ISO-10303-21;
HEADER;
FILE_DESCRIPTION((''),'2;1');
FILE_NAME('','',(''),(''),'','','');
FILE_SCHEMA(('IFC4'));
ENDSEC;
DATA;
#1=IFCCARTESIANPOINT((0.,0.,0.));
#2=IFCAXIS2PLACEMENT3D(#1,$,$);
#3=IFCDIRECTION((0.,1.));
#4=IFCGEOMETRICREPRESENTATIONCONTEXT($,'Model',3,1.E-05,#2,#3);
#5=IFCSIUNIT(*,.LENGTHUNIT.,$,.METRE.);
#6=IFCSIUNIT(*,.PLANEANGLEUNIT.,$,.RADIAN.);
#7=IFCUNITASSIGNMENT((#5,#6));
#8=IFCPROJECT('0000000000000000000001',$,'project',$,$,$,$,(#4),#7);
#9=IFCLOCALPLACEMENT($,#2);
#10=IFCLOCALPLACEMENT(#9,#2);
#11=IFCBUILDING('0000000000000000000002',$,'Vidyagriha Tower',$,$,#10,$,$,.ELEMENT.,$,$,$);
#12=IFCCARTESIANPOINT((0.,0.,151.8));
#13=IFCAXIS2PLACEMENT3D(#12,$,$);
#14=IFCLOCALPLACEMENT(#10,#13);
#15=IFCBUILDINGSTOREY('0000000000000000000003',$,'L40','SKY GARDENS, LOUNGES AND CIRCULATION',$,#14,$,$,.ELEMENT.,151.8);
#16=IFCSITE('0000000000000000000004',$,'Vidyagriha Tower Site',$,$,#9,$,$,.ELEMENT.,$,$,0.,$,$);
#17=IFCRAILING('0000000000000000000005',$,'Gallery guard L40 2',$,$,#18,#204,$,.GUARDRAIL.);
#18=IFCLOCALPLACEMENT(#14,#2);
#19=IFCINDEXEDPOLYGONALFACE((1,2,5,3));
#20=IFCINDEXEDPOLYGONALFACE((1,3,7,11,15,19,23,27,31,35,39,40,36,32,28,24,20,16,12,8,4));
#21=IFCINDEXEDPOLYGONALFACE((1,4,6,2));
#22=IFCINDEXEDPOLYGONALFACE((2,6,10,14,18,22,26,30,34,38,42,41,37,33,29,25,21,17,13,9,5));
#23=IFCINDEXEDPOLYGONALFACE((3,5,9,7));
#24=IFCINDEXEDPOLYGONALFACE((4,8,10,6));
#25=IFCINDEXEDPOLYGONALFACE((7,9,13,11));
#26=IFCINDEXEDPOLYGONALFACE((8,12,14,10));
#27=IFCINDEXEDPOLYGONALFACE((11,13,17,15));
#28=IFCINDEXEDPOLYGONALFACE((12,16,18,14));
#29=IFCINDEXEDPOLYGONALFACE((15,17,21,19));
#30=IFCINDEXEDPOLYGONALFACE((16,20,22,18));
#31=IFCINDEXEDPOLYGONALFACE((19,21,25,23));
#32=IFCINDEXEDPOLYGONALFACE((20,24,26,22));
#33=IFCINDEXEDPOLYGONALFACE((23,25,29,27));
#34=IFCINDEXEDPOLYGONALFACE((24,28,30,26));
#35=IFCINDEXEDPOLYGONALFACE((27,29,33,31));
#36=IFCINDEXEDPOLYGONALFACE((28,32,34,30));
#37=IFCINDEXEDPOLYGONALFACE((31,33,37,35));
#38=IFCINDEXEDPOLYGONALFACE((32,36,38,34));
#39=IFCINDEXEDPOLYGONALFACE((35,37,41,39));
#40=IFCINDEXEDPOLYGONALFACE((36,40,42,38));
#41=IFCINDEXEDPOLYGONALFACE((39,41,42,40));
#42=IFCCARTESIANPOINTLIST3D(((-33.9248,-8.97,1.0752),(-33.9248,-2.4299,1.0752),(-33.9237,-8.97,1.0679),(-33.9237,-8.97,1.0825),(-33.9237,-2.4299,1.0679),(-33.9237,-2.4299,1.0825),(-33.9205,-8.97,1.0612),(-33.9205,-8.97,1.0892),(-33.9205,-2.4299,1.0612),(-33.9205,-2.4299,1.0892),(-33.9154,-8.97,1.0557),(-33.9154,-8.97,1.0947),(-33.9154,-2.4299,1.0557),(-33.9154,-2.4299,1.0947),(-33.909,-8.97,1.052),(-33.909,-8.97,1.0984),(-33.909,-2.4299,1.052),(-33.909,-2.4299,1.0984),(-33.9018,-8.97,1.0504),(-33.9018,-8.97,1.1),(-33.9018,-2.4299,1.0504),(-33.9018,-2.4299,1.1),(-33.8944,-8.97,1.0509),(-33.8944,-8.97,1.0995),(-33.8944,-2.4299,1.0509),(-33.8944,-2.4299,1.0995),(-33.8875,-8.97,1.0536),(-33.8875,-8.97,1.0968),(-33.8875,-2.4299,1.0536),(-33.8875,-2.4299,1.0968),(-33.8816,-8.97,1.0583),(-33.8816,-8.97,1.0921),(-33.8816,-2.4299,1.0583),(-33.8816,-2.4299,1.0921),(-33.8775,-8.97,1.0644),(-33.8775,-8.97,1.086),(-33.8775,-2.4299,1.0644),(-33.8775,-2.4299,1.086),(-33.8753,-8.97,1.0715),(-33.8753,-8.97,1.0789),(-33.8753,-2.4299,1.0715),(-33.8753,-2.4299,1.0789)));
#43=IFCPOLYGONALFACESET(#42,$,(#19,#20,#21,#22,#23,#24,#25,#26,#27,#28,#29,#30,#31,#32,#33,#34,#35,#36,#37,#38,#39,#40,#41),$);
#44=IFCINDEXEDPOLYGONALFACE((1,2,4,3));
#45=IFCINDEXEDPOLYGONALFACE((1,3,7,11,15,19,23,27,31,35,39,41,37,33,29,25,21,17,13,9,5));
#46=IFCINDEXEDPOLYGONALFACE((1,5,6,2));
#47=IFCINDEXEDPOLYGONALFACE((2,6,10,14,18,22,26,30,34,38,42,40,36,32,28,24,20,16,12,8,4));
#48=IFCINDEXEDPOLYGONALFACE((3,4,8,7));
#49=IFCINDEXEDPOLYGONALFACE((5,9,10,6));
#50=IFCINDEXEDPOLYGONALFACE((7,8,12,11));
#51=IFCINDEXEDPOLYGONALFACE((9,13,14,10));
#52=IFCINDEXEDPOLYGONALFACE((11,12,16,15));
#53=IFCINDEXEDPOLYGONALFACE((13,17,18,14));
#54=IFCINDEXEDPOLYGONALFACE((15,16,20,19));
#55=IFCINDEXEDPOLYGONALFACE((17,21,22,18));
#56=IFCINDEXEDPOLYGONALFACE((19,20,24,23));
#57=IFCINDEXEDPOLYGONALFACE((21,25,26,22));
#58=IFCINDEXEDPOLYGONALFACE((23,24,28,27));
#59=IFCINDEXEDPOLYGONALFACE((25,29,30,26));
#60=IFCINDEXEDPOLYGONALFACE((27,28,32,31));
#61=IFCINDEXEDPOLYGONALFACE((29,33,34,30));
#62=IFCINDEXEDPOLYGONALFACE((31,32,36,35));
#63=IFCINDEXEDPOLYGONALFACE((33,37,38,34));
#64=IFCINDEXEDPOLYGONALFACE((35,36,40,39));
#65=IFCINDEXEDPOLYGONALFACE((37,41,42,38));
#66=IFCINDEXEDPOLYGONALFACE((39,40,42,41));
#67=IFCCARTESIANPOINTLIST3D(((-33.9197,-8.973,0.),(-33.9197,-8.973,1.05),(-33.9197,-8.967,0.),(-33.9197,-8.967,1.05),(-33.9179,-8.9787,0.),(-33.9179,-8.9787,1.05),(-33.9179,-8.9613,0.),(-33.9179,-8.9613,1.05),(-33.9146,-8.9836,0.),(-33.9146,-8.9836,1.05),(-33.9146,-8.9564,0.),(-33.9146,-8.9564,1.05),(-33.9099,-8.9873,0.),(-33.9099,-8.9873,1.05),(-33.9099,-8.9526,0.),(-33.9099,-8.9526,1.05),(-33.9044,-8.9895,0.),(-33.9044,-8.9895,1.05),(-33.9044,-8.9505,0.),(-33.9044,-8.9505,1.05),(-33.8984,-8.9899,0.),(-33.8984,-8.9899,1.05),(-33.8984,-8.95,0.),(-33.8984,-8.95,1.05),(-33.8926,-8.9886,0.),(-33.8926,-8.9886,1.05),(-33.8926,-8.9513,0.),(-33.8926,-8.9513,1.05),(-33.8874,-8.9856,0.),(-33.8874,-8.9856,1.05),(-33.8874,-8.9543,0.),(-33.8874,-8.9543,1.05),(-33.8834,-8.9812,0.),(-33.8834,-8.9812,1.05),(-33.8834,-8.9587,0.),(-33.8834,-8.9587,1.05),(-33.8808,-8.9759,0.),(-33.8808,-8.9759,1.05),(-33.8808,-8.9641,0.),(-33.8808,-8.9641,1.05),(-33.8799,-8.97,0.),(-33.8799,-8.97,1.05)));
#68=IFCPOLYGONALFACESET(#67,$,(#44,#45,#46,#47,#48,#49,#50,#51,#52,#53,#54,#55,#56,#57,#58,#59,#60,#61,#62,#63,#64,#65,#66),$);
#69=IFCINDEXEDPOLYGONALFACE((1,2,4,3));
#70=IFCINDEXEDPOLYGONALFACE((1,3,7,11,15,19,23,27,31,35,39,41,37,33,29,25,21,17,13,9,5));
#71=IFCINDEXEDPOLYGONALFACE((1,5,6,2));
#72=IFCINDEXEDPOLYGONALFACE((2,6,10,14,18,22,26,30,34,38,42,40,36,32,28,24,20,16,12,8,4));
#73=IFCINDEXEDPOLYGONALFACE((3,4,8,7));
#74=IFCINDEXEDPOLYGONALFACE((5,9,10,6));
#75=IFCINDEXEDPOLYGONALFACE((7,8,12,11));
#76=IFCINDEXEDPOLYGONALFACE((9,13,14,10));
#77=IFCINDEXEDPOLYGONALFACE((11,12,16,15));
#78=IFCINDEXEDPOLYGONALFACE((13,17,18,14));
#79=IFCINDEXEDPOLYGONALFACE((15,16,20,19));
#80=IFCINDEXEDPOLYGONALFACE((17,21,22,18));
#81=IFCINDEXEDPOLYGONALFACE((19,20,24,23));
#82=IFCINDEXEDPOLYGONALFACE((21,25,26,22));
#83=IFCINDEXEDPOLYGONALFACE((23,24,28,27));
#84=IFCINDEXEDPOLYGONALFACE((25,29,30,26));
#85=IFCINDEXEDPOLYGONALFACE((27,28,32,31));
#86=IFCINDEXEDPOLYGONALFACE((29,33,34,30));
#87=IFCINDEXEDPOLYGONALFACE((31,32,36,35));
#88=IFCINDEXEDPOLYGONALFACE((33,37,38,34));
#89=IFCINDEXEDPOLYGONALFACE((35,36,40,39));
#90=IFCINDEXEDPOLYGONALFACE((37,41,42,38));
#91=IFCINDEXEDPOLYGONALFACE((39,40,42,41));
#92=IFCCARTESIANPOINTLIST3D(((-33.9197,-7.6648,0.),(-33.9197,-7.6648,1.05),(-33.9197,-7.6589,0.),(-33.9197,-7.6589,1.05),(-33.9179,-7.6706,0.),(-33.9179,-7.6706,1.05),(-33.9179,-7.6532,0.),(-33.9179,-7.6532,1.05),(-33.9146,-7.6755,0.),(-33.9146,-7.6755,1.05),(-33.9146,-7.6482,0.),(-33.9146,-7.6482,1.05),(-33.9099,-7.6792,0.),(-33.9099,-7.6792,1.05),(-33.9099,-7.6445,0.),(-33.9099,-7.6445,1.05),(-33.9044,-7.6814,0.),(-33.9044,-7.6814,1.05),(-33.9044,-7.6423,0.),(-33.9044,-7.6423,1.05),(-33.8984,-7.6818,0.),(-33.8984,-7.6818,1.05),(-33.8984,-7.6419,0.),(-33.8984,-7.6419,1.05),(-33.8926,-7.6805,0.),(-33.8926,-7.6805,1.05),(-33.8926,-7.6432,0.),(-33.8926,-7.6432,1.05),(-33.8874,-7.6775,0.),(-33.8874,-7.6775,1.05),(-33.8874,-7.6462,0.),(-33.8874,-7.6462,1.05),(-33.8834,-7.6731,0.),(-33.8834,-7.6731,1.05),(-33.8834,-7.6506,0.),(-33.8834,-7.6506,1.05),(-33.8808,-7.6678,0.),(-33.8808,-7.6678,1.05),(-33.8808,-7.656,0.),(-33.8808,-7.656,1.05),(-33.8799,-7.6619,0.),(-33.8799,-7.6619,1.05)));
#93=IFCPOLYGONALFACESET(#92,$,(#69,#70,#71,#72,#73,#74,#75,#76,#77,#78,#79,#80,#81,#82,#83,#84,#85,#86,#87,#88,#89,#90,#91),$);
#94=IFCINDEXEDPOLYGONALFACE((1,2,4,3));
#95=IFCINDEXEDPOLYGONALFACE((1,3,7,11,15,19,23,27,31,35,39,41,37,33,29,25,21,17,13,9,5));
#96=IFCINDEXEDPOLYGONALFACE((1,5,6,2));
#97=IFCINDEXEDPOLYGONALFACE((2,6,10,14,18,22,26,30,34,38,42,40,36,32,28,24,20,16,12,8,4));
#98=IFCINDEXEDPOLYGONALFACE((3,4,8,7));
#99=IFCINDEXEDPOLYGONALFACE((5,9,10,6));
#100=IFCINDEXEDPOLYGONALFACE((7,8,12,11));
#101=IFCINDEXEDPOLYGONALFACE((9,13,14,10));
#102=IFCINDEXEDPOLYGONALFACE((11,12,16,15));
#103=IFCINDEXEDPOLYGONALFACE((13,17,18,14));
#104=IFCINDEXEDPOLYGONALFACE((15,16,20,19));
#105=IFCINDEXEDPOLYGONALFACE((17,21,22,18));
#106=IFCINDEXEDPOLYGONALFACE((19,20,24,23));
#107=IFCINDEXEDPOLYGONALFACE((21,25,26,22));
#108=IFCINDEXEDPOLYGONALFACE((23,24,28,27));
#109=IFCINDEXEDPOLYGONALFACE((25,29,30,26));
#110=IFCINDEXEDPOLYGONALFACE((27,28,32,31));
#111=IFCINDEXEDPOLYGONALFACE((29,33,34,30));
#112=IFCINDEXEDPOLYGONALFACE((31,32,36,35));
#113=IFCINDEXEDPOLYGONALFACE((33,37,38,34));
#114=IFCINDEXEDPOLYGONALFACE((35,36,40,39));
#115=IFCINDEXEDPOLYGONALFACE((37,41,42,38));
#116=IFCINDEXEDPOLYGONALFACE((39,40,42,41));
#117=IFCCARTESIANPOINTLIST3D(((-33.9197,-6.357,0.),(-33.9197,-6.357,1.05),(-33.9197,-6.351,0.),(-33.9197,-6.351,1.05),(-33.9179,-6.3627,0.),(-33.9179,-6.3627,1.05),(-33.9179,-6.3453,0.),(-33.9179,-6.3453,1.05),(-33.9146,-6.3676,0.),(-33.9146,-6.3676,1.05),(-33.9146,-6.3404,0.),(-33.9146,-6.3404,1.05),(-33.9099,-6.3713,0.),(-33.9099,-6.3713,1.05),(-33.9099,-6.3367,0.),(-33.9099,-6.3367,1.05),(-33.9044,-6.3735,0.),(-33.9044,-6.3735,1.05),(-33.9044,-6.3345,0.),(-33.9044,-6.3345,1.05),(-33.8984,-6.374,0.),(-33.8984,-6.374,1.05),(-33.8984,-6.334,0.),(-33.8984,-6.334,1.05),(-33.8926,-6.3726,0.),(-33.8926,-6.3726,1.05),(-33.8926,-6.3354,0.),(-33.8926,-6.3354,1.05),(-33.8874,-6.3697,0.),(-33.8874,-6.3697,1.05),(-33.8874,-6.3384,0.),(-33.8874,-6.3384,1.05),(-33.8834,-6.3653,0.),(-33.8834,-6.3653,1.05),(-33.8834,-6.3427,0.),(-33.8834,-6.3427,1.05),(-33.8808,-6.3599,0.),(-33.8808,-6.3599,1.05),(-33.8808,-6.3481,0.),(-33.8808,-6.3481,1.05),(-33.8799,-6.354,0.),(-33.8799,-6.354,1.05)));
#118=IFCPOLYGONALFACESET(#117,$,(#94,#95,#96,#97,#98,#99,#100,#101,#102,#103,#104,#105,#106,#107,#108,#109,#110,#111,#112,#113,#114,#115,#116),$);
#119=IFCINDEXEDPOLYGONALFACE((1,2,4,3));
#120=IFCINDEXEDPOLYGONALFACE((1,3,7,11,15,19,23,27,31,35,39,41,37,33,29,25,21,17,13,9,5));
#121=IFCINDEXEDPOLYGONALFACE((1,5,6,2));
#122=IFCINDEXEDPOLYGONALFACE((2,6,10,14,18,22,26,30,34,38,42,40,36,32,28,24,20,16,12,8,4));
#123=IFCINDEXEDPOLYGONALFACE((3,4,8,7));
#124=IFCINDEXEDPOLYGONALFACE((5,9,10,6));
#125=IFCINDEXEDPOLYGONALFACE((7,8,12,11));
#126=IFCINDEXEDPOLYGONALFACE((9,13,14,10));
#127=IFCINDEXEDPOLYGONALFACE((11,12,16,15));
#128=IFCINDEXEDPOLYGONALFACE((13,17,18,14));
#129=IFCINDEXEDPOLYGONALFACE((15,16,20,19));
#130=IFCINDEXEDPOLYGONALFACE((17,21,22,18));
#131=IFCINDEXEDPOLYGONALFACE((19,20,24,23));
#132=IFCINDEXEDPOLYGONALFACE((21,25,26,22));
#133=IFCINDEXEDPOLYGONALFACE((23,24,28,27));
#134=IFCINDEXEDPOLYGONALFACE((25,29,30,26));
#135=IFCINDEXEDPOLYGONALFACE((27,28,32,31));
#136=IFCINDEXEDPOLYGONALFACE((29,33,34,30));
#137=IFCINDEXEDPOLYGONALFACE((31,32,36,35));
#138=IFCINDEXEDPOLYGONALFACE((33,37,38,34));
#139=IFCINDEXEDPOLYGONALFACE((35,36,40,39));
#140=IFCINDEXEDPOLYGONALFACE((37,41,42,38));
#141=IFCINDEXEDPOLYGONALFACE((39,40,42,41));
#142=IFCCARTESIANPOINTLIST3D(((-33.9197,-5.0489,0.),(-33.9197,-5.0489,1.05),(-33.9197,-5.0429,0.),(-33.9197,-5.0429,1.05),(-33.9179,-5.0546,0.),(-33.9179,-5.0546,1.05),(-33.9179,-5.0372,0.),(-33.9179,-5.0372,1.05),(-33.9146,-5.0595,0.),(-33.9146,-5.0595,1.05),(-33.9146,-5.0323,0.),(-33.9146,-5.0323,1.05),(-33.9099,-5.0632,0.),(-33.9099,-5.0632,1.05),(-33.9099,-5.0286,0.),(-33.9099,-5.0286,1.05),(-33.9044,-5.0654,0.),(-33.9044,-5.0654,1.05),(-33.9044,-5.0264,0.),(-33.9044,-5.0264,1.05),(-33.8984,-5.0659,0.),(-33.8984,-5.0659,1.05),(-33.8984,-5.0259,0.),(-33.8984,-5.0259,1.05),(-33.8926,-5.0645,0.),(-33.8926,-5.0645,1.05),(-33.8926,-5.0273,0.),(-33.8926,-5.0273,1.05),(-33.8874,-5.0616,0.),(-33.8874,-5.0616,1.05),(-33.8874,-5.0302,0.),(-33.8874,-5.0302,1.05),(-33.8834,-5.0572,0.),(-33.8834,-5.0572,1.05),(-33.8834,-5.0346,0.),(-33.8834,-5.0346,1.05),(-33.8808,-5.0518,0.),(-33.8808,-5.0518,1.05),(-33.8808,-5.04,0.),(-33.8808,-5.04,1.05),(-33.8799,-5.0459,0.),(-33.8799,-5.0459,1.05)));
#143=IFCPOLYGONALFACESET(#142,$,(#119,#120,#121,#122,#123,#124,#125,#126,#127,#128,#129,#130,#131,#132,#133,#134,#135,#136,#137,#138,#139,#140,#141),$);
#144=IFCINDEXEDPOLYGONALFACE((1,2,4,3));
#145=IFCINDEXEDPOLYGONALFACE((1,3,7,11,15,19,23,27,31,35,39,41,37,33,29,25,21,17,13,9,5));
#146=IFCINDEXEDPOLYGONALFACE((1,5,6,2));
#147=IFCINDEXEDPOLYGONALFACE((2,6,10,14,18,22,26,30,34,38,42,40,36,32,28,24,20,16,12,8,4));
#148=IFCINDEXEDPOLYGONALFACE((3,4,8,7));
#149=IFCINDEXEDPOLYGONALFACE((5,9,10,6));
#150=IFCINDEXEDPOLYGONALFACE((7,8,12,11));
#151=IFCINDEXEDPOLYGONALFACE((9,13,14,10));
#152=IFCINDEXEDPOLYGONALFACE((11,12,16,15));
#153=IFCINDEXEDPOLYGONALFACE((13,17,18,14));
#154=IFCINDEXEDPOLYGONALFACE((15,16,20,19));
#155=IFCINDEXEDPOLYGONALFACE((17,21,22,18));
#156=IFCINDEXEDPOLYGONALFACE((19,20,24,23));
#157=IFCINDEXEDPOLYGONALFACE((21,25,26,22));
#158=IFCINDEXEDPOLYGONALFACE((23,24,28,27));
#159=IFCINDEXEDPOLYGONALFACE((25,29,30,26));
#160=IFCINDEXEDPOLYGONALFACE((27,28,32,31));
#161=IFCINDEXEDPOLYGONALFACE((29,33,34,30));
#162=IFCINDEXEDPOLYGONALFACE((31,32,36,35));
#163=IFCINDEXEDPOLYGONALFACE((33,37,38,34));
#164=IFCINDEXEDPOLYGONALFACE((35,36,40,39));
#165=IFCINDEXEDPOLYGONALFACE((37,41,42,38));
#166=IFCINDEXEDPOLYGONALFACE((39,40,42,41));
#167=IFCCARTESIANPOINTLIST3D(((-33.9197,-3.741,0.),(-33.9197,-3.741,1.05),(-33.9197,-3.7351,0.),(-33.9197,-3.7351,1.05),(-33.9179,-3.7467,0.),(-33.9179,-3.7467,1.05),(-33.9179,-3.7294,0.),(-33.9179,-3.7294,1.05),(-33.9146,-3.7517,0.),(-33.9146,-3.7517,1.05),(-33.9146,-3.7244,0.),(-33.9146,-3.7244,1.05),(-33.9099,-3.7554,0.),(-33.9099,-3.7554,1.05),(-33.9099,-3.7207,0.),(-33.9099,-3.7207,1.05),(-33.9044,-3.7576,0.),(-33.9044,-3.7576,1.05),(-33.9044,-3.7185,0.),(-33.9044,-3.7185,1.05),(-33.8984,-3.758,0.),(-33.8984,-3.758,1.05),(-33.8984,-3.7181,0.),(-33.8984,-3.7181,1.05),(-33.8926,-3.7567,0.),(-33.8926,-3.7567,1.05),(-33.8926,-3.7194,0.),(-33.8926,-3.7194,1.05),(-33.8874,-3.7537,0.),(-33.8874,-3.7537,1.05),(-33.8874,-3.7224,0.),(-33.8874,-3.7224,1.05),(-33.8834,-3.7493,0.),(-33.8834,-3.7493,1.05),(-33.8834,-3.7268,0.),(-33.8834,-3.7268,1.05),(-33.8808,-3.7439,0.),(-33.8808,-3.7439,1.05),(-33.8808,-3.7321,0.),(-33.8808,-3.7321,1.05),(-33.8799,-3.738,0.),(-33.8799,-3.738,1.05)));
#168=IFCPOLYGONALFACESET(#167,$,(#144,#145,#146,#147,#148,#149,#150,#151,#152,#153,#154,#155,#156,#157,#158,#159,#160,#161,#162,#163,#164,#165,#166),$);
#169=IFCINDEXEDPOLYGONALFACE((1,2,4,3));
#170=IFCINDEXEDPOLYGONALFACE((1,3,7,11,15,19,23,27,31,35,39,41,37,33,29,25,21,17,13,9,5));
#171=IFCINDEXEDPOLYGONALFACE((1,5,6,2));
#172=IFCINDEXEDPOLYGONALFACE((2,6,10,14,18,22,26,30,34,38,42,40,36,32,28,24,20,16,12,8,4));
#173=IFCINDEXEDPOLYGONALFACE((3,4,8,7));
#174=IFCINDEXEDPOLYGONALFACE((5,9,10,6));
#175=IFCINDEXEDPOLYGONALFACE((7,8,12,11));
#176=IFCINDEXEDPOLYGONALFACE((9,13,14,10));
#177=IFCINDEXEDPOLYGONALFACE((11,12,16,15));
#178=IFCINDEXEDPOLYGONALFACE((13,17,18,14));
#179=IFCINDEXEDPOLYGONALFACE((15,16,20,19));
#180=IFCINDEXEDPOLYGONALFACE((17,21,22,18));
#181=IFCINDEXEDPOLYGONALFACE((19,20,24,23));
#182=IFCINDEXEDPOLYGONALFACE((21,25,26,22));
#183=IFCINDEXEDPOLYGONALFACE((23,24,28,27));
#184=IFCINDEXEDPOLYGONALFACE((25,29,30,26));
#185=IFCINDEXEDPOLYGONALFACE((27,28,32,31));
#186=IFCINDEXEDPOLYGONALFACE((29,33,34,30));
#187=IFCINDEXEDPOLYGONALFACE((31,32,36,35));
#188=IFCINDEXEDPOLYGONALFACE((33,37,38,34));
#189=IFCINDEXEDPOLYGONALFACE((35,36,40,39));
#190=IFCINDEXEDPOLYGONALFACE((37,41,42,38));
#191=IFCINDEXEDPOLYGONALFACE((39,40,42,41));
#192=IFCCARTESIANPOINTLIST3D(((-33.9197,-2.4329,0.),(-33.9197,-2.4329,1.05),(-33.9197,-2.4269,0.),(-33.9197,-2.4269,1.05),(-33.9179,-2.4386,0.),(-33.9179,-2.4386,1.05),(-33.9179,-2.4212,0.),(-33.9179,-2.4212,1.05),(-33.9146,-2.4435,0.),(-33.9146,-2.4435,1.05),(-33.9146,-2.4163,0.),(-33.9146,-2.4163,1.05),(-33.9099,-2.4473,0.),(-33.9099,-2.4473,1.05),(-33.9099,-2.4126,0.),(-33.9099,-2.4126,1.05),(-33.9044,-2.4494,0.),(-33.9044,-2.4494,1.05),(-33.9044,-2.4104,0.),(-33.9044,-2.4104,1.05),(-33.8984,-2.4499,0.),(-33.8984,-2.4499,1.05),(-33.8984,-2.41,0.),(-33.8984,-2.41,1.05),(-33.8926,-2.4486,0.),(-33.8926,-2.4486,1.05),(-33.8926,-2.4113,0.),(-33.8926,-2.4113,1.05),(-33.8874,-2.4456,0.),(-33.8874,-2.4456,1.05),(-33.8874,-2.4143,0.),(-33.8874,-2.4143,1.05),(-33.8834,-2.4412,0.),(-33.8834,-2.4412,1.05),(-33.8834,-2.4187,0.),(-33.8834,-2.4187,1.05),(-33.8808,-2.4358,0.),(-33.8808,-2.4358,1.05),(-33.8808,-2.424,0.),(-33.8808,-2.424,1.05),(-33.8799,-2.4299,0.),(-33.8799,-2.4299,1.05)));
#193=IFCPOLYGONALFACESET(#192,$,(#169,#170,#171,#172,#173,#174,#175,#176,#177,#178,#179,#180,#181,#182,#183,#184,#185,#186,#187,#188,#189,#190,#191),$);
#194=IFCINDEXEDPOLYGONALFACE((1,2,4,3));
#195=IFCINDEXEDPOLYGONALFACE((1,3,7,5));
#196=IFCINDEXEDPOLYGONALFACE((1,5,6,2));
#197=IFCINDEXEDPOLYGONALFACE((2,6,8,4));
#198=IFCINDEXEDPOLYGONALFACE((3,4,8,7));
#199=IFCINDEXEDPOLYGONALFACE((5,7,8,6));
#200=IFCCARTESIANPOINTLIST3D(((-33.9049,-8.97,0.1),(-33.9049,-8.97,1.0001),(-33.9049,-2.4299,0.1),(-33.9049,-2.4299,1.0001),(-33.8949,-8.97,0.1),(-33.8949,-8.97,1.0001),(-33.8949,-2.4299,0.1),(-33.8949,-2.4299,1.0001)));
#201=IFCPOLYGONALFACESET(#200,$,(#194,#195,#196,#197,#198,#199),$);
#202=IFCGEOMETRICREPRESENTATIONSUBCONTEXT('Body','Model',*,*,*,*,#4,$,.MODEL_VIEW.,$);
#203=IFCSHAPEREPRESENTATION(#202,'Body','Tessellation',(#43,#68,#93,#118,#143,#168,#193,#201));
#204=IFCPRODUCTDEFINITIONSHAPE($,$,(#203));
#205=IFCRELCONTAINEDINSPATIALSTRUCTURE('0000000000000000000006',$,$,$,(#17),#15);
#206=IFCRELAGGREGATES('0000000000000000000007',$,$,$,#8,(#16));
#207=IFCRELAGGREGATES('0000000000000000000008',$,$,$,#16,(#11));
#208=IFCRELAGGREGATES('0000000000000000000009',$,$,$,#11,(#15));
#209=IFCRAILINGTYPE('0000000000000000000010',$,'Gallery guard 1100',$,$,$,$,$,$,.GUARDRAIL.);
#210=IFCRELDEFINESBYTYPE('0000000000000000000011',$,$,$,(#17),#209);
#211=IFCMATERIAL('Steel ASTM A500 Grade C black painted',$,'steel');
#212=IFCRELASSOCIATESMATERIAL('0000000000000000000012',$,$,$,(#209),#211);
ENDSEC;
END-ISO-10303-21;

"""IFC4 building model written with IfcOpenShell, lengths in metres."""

from ifc_helpers import new_model, si_unit, direction, frame, origin, origin_2d, place, context, subcontext, project, spatial, rectangle, circle, extrude, material, type_object, element, save


model = new_model("IFC4")

# Units and contexts
model_context = context("Model", 3, precision=1e-05, world=origin(), true_north=direction((0.0, 1.0)))
body_context = subcontext(model_context, "Body", "Model", "MODEL_VIEW")
ifc_project = project(units=[si_unit("LENGTHUNIT", "METRE"), si_unit("PLANEANGLEUNIT", "RADIAN")], contexts=[model_context])

# Site, building, storey
site_placement = place(None, origin())
site = spatial("IfcSite", under=ifc_project, at=site_placement, Name="Vidyagriha Tower Site", CompositionType="ELEMENT", RefElevation=0.0)
building_placement = place(site_placement, origin())
building = spatial("IfcBuilding", under=site, at=building_placement, Name="Vidyagriha Tower", CompositionType="ELEMENT")
storey_placement = place(building_placement, frame((0.0, 0.0, 151.8)))
storey = spatial("IfcBuildingStorey", under=building, at=storey_placement, Name="L40", Description="SKY GARDENS, LOUNGES AND CIRCULATION", CompositionType="ELEMENT", Elevation=151.8)

# Railing
ifc_material_1 = material(Name="Steel ASTM A500 Grade C black painted", Category="steel")
railing_type = type_object("IfcRailingType", Name="Gallery guard 1100", PredefinedType="GUARDRAIL", material=ifc_material_1)
railing_1_placement = place(storey_placement, frame((-33.8999, -8.97, 0.0)))
element("IfcRailing", 1, at=railing_1_placement, inside=storey, type_object=railing_type, Name="Gallery guard L40 2", PredefinedType="GUARDRAIL", context=body_context, shape_type="SweptSolid", body=[
    extrude(circle(Radius=0.0249, at=origin_2d()), frame((0.0, 0.0, 1.0752), z_axis=(0.0, 1.0, 0.0), x_axis=(-1.0, 0.0, 0.0)), (0.0, 0.0, 1.0), 6.54),
    extrude(circle(Radius=0.02, at=origin_2d()), origin(), (0.0, 0.0, 1.0), 1.05),
    extrude(circle(Radius=0.02, at=origin_2d()), frame((0.0, 1.3081, 0.0)), (0.0, 0.0, 1.0), 1.05),
    extrude(circle(Radius=0.02, at=origin_2d()), frame((0.0, 2.616, 0.0)), (0.0, 0.0, 1.0), 1.05),
    extrude(circle(Radius=0.02, at=origin_2d()), frame((0.0, 3.9241, 0.0)), (0.0, 0.0, 1.0), 1.05),
    extrude(circle(Radius=0.02, at=origin_2d()), frame((0.0, 5.2319, 0.0)), (0.0, 0.0, 1.0), 1.05),
    extrude(circle(Radius=0.02, at=origin_2d()), frame((0.0, 6.54, 0.0)), (0.0, 0.0, 1.0), 1.05),
    extrude(rectangle(XDim=0.01, YDim=0.9001, at=origin_2d()), frame((0.0, 0.0, 0.55), z_axis=(0.0, 1.0, 0.0), x_axis=(-1.0, 0.0, 0.0)), (0.0, 0.0, 1.0), 6.54),
])

save(model, "model.ifc")
